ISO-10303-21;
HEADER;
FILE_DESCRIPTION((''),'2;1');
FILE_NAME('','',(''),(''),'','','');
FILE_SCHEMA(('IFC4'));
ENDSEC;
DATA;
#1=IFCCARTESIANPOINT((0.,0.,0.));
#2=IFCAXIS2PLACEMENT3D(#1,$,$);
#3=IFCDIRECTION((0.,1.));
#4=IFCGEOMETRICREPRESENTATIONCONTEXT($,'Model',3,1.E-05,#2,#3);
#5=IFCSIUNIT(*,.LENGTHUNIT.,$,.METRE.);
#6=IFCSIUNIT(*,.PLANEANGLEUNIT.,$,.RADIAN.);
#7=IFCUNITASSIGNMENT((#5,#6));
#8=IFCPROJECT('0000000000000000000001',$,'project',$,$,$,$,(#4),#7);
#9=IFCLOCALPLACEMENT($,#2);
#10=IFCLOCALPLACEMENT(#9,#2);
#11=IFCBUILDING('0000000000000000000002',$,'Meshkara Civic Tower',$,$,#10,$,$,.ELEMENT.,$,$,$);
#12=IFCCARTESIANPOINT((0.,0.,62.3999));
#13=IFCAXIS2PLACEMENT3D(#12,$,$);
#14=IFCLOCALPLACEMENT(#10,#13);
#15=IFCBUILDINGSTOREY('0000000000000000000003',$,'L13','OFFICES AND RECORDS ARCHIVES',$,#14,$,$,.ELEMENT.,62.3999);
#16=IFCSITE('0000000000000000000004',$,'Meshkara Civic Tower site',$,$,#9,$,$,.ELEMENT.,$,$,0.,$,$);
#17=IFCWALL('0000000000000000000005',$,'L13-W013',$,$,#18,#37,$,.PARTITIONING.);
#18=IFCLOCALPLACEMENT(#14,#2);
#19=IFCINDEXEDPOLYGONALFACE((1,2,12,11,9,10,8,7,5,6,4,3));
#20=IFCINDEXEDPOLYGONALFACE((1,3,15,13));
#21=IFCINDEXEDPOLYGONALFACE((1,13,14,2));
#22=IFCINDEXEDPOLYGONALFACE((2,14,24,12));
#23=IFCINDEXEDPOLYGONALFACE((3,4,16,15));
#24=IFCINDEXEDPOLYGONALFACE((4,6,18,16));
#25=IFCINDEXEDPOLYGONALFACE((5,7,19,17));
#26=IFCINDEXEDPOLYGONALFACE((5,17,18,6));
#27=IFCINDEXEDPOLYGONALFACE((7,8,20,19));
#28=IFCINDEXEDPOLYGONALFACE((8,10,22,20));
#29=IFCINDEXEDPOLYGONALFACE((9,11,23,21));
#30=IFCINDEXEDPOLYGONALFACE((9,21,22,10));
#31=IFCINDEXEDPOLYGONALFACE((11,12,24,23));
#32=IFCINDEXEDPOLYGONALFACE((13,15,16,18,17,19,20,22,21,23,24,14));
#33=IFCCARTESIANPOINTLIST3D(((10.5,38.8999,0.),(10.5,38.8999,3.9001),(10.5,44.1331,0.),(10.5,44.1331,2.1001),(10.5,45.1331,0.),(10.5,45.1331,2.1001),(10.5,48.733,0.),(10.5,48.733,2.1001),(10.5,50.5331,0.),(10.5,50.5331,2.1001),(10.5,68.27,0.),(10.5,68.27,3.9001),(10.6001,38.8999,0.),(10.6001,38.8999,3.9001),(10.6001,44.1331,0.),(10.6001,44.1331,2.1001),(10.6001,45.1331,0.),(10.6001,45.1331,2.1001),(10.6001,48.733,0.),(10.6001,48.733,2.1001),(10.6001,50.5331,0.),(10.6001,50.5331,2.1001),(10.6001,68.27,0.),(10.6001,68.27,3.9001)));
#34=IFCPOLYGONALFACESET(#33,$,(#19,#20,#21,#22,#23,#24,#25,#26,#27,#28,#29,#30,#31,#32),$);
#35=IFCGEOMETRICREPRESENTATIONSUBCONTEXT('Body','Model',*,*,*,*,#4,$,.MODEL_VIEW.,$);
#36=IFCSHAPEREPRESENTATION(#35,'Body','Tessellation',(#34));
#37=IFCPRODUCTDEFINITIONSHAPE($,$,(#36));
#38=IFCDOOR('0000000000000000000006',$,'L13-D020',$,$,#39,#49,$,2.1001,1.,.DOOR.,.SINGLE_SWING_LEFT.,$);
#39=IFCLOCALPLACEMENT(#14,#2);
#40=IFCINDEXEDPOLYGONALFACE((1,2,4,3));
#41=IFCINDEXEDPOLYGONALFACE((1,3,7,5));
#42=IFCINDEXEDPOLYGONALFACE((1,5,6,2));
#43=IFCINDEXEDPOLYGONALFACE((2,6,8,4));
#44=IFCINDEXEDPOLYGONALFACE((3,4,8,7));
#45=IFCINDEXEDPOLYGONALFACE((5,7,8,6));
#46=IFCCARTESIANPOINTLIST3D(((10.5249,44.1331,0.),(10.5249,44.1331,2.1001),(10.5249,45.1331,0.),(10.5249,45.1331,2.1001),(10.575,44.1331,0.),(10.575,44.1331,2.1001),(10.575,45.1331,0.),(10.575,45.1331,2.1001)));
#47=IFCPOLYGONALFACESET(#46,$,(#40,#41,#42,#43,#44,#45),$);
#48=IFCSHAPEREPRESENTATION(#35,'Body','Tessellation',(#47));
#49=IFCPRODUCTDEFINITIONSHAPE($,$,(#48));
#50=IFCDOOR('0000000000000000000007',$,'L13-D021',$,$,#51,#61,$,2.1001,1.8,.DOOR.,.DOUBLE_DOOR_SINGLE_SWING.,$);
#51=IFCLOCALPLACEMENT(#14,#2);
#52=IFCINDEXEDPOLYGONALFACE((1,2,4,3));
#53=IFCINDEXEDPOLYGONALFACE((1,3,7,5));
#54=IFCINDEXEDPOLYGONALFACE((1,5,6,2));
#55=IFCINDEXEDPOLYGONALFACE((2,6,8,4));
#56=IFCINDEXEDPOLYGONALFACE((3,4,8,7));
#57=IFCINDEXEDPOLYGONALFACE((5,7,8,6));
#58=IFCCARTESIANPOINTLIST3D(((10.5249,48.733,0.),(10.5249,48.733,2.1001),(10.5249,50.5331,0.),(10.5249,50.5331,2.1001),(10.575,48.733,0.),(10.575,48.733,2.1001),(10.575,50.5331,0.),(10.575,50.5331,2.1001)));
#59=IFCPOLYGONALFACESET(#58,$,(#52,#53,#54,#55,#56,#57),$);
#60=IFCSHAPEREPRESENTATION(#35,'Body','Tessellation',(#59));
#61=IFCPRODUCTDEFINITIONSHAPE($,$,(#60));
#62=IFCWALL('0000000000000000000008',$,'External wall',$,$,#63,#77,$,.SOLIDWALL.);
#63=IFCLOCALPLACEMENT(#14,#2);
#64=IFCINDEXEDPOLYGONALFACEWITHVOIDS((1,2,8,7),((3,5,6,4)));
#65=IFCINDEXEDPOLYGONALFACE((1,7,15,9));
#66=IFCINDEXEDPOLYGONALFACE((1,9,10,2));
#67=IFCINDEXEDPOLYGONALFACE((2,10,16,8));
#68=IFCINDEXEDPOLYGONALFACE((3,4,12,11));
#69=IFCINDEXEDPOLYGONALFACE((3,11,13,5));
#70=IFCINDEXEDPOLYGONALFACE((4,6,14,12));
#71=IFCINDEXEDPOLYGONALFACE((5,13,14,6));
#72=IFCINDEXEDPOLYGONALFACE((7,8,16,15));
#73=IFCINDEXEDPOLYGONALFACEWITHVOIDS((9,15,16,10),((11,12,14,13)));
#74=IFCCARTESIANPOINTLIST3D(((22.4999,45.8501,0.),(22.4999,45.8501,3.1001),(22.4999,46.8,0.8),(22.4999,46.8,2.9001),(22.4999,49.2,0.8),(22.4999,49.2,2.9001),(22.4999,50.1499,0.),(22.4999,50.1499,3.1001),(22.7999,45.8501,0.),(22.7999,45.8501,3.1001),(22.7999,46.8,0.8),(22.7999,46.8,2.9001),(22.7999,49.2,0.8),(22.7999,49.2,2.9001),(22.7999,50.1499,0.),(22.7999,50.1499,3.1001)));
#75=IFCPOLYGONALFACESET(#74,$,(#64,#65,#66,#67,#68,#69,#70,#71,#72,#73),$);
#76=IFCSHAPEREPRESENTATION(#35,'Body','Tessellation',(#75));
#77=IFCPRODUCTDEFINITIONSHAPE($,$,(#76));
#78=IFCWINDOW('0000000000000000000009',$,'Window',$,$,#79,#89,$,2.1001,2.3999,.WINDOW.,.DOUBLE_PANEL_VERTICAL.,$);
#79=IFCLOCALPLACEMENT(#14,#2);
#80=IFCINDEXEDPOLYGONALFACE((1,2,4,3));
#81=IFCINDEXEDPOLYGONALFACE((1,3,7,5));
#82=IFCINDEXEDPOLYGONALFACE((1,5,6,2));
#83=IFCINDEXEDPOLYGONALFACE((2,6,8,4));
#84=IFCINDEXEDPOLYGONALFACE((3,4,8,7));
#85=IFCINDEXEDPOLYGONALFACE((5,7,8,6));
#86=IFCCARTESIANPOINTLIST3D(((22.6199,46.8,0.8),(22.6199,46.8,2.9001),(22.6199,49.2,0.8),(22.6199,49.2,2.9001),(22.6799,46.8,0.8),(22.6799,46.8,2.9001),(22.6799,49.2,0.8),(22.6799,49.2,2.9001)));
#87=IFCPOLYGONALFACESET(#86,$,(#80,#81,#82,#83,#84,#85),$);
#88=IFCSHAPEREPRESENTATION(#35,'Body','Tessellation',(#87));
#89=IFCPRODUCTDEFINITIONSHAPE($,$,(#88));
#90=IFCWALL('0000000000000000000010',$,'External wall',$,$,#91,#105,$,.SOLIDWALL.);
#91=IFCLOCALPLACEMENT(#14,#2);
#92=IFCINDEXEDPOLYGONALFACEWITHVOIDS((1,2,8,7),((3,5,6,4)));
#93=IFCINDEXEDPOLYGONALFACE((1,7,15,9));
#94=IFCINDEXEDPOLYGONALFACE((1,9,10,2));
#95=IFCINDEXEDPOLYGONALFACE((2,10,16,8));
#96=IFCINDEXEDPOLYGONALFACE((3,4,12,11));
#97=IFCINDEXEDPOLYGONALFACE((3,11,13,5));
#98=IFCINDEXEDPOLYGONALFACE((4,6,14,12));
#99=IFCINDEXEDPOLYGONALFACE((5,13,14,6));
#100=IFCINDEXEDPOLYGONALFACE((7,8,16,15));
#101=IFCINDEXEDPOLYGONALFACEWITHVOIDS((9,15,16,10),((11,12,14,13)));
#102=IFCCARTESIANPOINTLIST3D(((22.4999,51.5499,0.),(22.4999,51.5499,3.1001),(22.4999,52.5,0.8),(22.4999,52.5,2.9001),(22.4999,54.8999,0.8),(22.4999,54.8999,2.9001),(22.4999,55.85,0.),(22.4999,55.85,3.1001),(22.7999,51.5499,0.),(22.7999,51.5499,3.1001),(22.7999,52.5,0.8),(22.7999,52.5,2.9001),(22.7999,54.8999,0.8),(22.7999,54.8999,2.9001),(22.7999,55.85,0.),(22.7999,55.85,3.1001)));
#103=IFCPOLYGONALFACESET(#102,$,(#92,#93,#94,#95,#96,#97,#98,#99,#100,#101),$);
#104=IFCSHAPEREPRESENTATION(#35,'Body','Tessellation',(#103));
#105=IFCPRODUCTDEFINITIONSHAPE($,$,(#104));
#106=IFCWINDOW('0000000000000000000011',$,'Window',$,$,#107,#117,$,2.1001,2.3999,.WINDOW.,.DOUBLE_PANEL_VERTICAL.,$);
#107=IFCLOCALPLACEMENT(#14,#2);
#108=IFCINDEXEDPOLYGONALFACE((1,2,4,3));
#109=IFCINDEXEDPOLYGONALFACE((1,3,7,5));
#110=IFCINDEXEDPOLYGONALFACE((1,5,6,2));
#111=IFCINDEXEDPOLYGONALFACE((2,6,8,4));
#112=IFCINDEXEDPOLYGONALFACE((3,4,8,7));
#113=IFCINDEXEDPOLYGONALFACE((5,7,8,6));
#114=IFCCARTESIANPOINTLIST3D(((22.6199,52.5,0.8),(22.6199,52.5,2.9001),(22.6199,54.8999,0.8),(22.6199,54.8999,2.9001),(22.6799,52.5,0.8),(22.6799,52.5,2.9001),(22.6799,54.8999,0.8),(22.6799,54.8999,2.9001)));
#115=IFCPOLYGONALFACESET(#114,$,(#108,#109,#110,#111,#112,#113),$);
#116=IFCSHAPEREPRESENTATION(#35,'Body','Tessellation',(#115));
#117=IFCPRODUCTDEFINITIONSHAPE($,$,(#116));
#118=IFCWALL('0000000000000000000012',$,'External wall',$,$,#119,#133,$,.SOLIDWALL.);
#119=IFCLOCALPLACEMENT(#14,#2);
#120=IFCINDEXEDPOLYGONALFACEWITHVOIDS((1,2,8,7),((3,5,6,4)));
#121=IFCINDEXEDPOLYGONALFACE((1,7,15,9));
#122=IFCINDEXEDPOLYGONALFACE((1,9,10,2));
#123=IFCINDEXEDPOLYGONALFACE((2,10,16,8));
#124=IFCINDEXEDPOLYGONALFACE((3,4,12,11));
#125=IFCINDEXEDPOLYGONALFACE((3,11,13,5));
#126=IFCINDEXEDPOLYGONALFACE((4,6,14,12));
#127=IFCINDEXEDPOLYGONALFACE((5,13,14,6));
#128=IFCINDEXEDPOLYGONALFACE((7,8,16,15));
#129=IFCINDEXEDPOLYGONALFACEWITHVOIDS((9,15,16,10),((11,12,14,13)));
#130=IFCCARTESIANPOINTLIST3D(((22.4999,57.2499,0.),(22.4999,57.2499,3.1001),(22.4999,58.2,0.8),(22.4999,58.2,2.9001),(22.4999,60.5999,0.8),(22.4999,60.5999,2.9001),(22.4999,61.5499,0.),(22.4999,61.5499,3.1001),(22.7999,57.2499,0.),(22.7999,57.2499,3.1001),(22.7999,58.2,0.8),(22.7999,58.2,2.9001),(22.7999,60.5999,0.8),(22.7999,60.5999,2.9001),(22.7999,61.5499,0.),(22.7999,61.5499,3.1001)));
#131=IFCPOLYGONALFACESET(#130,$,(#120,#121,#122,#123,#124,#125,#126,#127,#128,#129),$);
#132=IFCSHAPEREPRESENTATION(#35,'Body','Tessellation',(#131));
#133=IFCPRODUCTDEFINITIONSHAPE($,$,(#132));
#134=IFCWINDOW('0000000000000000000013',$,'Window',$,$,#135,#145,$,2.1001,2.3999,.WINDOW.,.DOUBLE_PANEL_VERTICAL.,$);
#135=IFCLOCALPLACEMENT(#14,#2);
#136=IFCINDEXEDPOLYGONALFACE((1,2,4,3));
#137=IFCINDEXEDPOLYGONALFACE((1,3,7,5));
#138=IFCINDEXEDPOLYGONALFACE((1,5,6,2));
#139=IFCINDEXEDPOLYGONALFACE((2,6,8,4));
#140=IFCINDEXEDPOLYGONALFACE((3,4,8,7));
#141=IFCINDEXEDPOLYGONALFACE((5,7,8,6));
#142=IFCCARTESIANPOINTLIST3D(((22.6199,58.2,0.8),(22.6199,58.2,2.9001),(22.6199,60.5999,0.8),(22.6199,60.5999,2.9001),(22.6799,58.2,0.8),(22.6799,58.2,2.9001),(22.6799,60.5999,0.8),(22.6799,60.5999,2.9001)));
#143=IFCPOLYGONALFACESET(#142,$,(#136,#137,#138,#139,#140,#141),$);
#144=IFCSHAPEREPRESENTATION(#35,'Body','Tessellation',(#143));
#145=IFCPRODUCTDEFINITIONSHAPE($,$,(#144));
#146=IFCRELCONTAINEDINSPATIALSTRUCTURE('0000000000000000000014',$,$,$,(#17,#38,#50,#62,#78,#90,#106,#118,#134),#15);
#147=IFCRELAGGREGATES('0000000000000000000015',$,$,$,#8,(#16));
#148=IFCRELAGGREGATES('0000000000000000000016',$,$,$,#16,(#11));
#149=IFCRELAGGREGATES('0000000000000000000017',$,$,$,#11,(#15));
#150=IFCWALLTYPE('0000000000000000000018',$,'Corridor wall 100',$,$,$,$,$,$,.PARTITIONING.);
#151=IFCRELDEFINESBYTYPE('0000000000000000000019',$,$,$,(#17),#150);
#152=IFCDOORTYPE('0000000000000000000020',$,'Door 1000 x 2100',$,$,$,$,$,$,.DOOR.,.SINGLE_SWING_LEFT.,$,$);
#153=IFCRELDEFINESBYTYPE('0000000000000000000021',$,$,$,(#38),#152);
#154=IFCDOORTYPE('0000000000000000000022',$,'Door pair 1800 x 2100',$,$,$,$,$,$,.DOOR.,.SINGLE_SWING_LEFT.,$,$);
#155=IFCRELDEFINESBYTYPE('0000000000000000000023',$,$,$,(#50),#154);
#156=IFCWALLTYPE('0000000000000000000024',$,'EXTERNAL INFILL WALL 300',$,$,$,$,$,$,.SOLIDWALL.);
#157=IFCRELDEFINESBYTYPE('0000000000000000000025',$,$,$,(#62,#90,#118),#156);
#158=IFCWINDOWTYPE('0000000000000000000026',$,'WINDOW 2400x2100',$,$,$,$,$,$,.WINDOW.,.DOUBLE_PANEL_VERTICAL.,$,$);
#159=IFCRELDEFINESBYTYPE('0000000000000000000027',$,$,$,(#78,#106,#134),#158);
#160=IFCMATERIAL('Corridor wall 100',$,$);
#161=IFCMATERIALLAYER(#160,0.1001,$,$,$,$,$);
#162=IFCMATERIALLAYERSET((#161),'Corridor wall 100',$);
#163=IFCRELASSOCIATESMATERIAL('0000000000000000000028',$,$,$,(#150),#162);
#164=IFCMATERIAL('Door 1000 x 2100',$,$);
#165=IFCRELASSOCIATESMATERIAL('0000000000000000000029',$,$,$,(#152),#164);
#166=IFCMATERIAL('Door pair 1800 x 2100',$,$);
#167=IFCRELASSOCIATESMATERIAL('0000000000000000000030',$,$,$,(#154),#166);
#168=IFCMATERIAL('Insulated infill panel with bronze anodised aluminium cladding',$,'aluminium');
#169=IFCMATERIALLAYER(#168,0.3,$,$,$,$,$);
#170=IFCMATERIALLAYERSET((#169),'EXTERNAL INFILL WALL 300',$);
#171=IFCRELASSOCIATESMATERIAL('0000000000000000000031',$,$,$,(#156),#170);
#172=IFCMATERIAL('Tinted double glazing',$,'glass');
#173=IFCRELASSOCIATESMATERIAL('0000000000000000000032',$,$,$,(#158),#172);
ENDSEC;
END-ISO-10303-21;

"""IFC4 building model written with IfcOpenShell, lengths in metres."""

from ifc_helpers import new_model, si_unit, direction, frame, frame_2d, origin, place, context, subcontext, project, spatial, rectangle, extrude, material, layer, layer_set, type_object, element, fill, save


model = new_model("IFC4")

# Units and contexts
model_context = context("Model", 3, precision=1e-05, world=origin(), true_north=direction((0.0, 1.0)))
body_context = subcontext(model_context, "Body", "Model", "MODEL_VIEW")
ifc_project = project(units=[si_unit("LENGTHUNIT", "METRE"), si_unit("PLANEANGLEUNIT", "RADIAN")], contexts=[model_context])

# Site, building, storey
site_placement = place(None, origin())
site = spatial("IfcSite", under=ifc_project, at=site_placement, Name="Meshkara Civic Tower site", CompositionType="ELEMENT", RefElevation=0.0)
building_placement = place(site_placement, origin())
building = spatial("IfcBuilding", under=site, at=building_placement, Name="Meshkara Civic Tower", CompositionType="ELEMENT")
storey_placement = place(building_placement, frame((0.0, 0.0, 62.3999)))
storey = spatial("IfcBuildingStorey", under=building, at=storey_placement, Name="L13", Description="OFFICES AND RECORDS ARCHIVES", CompositionType="ELEMENT", Elevation=62.3999)

# Wall, openings, doors
ifc_material_1 = material(Name="Corridor wall 100")
ifc_layer_1 = layer(ifc_material_1, 0.1001)
ifc_layer_set_1 = layer_set([ifc_layer_1], Name="Corridor wall 100")
wall_type_1 = type_object("IfcWallType", Name="Corridor wall 100", PredefinedType="PARTITIONING", material=ifc_layer_set_1)
wall_1_placement = place(storey_placement, frame((10.55, 68.27, 0.0), z_axis=(0.0, 0.0, 1.0), x_axis=(0.0, -1.0, 0.0)))
wall_1 = element("IfcWall", 1, at=wall_1_placement, inside=storey, type_object=wall_type_1, Name="L13-W013", PredefinedType="PARTITIONING", context=body_context, shape_type="SweptSolid", body=[
    extrude(rectangle(XDim=29.3701, YDim=0.1001, at=frame_2d((14.6851, 0.0))), origin(), (0.0, 0.0, 1.0), 3.9001),
])
opening_1_placement = place(wall_1_placement, frame((23.137, 0.0, 0.0)))
opening_1 = element("IfcOpeningElement", 2, at=opening_1_placement, cuts=wall_1, PredefinedType="OPENING", context=body_context, shape_type="SweptSolid", body=[
    extrude(rectangle(XDim=1.0, YDim=2.1001, at=frame_2d((0.5, 1.05))), frame((0.0, 0.0601, 0.0), z_axis=(0.0, -1.0, 0.0), x_axis=(1.0, 0.0, 0.0)), (0.0, 0.0, 1.0), 0.1201),
])
opening_2_placement = place(wall_1_placement, frame((17.7371, 0.0, 0.0)))
opening_2 = element("IfcOpeningElement", 3, at=opening_2_placement, cuts=wall_1, PredefinedType="OPENING", context=body_context, shape_type="SweptSolid", body=[
    extrude(rectangle(XDim=1.8, YDim=2.1001, at=frame_2d((0.8999, 1.05))), frame((0.0, 0.0601, 0.0), z_axis=(0.0, -1.0, 0.0), x_axis=(1.0, 0.0, 0.0)), (0.0, 0.0, 1.0), 0.1201),
])
ifc_material_2 = material(Name="Door 1000 x 2100")
door_type_1 = type_object("IfcDoorType", Name="Door 1000 x 2100", OperationType="SINGLE_SWING_LEFT", PredefinedType="DOOR", material=ifc_material_2)
door_1_placement = place(opening_1_placement, origin())
door_1 = element("IfcDoor", 4, at=door_1_placement, inside=storey, type_object=door_type_1, Name="L13-D020", OperationType="SINGLE_SWING_LEFT", OverallHeight=2.1001, OverallWidth=1.0, PredefinedType="DOOR", context=body_context, shape_type="SweptSolid", body=[
    extrude(rectangle(XDim=1.0, YDim=2.1001, at=frame_2d((0.5, 1.05))), frame((0.0, 0.0249, 0.0), z_axis=(0.0, -1.0, 0.0), x_axis=(1.0, 0.0, 0.0)), (0.0, 0.0, 1.0), 0.05),
])
fill(opening_1, door_1)
ifc_material_3 = material(Name="Door pair 1800 x 2100")
door_type_2 = type_object("IfcDoorType", Name="Door pair 1800 x 2100", OperationType="SINGLE_SWING_LEFT", PredefinedType="DOOR", material=ifc_material_3)
door_2_placement = place(opening_2_placement, origin())
door_2 = element("IfcDoor", 5, at=door_2_placement, inside=storey, type_object=door_type_2, Name="L13-D021", OperationType="DOUBLE_DOOR_SINGLE_SWING", OverallHeight=2.1001, OverallWidth=1.8, PredefinedType="DOOR", context=body_context, shape_type="SweptSolid", body=[
    extrude(rectangle(XDim=1.8, YDim=2.1001, at=frame_2d((0.8999, 1.05))), frame((0.0, 0.0249, 0.0), z_axis=(0.0, -1.0, 0.0), x_axis=(1.0, 0.0, 0.0)), (0.0, 0.0, 1.0), 0.05),
])
fill(opening_2, door_2)

# Walls, openings, windows
ifc_material_4 = material(Name="Insulated infill panel with bronze anodised aluminium cladding", Category="aluminium")
ifc_layer_2 = layer(ifc_material_4, 0.3)
ifc_layer_set_2 = layer_set([ifc_layer_2], Name="EXTERNAL INFILL WALL 300")
wall_type_2 = type_object("IfcWallType", Name="EXTERNAL INFILL WALL 300", PredefinedType="SOLIDWALL", material=ifc_layer_set_2)
wall_2_placement = place(storey_placement, frame((22.6499, 45.8501, 0.0), z_axis=(0.0, 0.0, 1.0), x_axis=(0.0, 1.0, 0.0)))
wall_2 = element("IfcWall", 6, at=wall_2_placement, inside=storey, type_object=wall_type_2, Name="External wall", PredefinedType="SOLIDWALL", context=body_context, shape_type="SweptSolid", body=[
    extrude(rectangle(XDim=4.2998, YDim=0.3, at=frame_2d((2.1499, 0.0))), origin(), (0.0, 0.0, 1.0), 3.1001),
])
opening_3_placement = place(wall_2_placement, frame((0.95, 0.0, 0.8)))
opening_3 = element("IfcOpeningElement", 7, at=opening_3_placement, cuts=wall_2, PredefinedType="OPENING", context=body_context, shape_type="SweptSolid", body=[
    extrude(rectangle(XDim=2.3999, YDim=2.1001, at=frame_2d((1.2, 1.05))), frame((0.0, 0.1599, 0.0), z_axis=(0.0, -1.0, 0.0), x_axis=(1.0, 0.0, 0.0)), (0.0, 0.0, 1.0), 0.3201),
])
ifc_material_5 = material(Name="Tinted double glazing", Category="glass")
window_type = type_object("IfcWindowType", Name="WINDOW 2400x2100", PartitioningType="DOUBLE_PANEL_VERTICAL", PredefinedType="WINDOW", material=ifc_material_5)
window_1_placement = place(opening_3_placement, origin())
window_1 = element("IfcWindow", 8, at=window_1_placement, inside=storey, type_object=window_type, Name="Window", OverallHeight=2.1001, OverallWidth=2.3999, PartitioningType="DOUBLE_PANEL_VERTICAL", PredefinedType="WINDOW", context=body_context, shape_type="SweptSolid", body=[
    extrude(rectangle(XDim=2.3999, YDim=2.1001, at=frame_2d((1.2, 1.05))), frame((0.0, 0.03, 0.0), z_axis=(0.0, -1.0, 0.0), x_axis=(1.0, 0.0, 0.0)), (0.0, 0.0, 1.0), 0.0601),
])
fill(opening_3, window_1)
wall_3_placement = place(storey_placement, frame((22.6499, 51.55, 0.0), z_axis=(0.0, 0.0, 1.0), x_axis=(0.0, 1.0, 0.0)))
wall_3 = element("IfcWall", 9, at=wall_3_placement, inside=storey, type_object=wall_type_2, Name="External wall", PredefinedType="SOLIDWALL", context=body_context, shape_type="SweptSolid", body=[
    extrude(rectangle(XDim=4.3, YDim=0.3, at=frame_2d((2.1499, 0.0))), origin(), (0.0, 0.0, 1.0), 3.1001),
])
opening_4_placement = place(wall_3_placement, frame((0.95, 0.0, 0.8)))
opening_4 = element("IfcOpeningElement", 10, at=opening_4_placement, cuts=wall_3, PredefinedType="OPENING", context=body_context, shape_type="SweptSolid", body=[
    extrude(rectangle(XDim=2.3999, YDim=2.1001, at=frame_2d((1.2, 1.05))), frame((0.0, 0.1599, 0.0), z_axis=(0.0, -1.0, 0.0), x_axis=(1.0, 0.0, 0.0)), (0.0, 0.0, 1.0), 0.3201),
])
window_2_placement = place(opening_4_placement, origin())
window_2 = element("IfcWindow", 11, at=window_2_placement, inside=storey, type_object=window_type, Name="Window", OverallHeight=2.1001, OverallWidth=2.3999, PartitioningType="DOUBLE_PANEL_VERTICAL", PredefinedType="WINDOW", context=body_context, shape_type="SweptSolid", body=[
    extrude(rectangle(XDim=2.3999, YDim=2.1001, at=frame_2d((1.2, 1.05))), frame((0.0, 0.03, 0.0), z_axis=(0.0, -1.0, 0.0), x_axis=(1.0, 0.0, 0.0)), (0.0, 0.0, 1.0), 0.0601),
])
fill(opening_4, window_2)
wall_4_placement = place(storey_placement, frame((22.6499, 57.25, 0.0), z_axis=(0.0, 0.0, 1.0), x_axis=(0.0, 1.0, 0.0)))
wall_4 = element("IfcWall", 12, at=wall_4_placement, inside=storey, type_object=wall_type_2, Name="External wall", PredefinedType="SOLIDWALL", context=body_context, shape_type="SweptSolid", body=[
    extrude(rectangle(XDim=4.3, YDim=0.3, at=frame_2d((2.1499, 0.0))), origin(), (0.0, 0.0, 1.0), 3.1001),
])
opening_5_placement = place(wall_4_placement, frame((0.95, 0.0, 0.8)))
opening_5 = element("IfcOpeningElement", 13, at=opening_5_placement, cuts=wall_4, PredefinedType="OPENING", context=body_context, shape_type="SweptSolid", body=[
    extrude(rectangle(XDim=2.3999, YDim=2.1001, at=frame_2d((1.2, 1.05))), frame((0.0, 0.1599, 0.0), z_axis=(0.0, -1.0, 0.0), x_axis=(1.0, 0.0, 0.0)), (0.0, 0.0, 1.0), 0.3201),
])
window_3_placement = place(opening_5_placement, origin())
window_3 = element("IfcWindow", 14, at=window_3_placement, inside=storey, type_object=window_type, Name="Window", OverallHeight=2.1001, OverallWidth=2.3999, PartitioningType="DOUBLE_PANEL_VERTICAL", PredefinedType="WINDOW", context=body_context, shape_type="SweptSolid", body=[
    extrude(rectangle(XDim=2.3999, YDim=2.1001, at=frame_2d((1.2, 1.05))), frame((0.0, 0.03, 0.0), z_axis=(0.0, -1.0, 0.0), x_axis=(1.0, 0.0, 0.0)), (0.0, 0.0, 1.0), 0.0601),
])
fill(opening_5, window_3)

save(model, "model.ifc")
